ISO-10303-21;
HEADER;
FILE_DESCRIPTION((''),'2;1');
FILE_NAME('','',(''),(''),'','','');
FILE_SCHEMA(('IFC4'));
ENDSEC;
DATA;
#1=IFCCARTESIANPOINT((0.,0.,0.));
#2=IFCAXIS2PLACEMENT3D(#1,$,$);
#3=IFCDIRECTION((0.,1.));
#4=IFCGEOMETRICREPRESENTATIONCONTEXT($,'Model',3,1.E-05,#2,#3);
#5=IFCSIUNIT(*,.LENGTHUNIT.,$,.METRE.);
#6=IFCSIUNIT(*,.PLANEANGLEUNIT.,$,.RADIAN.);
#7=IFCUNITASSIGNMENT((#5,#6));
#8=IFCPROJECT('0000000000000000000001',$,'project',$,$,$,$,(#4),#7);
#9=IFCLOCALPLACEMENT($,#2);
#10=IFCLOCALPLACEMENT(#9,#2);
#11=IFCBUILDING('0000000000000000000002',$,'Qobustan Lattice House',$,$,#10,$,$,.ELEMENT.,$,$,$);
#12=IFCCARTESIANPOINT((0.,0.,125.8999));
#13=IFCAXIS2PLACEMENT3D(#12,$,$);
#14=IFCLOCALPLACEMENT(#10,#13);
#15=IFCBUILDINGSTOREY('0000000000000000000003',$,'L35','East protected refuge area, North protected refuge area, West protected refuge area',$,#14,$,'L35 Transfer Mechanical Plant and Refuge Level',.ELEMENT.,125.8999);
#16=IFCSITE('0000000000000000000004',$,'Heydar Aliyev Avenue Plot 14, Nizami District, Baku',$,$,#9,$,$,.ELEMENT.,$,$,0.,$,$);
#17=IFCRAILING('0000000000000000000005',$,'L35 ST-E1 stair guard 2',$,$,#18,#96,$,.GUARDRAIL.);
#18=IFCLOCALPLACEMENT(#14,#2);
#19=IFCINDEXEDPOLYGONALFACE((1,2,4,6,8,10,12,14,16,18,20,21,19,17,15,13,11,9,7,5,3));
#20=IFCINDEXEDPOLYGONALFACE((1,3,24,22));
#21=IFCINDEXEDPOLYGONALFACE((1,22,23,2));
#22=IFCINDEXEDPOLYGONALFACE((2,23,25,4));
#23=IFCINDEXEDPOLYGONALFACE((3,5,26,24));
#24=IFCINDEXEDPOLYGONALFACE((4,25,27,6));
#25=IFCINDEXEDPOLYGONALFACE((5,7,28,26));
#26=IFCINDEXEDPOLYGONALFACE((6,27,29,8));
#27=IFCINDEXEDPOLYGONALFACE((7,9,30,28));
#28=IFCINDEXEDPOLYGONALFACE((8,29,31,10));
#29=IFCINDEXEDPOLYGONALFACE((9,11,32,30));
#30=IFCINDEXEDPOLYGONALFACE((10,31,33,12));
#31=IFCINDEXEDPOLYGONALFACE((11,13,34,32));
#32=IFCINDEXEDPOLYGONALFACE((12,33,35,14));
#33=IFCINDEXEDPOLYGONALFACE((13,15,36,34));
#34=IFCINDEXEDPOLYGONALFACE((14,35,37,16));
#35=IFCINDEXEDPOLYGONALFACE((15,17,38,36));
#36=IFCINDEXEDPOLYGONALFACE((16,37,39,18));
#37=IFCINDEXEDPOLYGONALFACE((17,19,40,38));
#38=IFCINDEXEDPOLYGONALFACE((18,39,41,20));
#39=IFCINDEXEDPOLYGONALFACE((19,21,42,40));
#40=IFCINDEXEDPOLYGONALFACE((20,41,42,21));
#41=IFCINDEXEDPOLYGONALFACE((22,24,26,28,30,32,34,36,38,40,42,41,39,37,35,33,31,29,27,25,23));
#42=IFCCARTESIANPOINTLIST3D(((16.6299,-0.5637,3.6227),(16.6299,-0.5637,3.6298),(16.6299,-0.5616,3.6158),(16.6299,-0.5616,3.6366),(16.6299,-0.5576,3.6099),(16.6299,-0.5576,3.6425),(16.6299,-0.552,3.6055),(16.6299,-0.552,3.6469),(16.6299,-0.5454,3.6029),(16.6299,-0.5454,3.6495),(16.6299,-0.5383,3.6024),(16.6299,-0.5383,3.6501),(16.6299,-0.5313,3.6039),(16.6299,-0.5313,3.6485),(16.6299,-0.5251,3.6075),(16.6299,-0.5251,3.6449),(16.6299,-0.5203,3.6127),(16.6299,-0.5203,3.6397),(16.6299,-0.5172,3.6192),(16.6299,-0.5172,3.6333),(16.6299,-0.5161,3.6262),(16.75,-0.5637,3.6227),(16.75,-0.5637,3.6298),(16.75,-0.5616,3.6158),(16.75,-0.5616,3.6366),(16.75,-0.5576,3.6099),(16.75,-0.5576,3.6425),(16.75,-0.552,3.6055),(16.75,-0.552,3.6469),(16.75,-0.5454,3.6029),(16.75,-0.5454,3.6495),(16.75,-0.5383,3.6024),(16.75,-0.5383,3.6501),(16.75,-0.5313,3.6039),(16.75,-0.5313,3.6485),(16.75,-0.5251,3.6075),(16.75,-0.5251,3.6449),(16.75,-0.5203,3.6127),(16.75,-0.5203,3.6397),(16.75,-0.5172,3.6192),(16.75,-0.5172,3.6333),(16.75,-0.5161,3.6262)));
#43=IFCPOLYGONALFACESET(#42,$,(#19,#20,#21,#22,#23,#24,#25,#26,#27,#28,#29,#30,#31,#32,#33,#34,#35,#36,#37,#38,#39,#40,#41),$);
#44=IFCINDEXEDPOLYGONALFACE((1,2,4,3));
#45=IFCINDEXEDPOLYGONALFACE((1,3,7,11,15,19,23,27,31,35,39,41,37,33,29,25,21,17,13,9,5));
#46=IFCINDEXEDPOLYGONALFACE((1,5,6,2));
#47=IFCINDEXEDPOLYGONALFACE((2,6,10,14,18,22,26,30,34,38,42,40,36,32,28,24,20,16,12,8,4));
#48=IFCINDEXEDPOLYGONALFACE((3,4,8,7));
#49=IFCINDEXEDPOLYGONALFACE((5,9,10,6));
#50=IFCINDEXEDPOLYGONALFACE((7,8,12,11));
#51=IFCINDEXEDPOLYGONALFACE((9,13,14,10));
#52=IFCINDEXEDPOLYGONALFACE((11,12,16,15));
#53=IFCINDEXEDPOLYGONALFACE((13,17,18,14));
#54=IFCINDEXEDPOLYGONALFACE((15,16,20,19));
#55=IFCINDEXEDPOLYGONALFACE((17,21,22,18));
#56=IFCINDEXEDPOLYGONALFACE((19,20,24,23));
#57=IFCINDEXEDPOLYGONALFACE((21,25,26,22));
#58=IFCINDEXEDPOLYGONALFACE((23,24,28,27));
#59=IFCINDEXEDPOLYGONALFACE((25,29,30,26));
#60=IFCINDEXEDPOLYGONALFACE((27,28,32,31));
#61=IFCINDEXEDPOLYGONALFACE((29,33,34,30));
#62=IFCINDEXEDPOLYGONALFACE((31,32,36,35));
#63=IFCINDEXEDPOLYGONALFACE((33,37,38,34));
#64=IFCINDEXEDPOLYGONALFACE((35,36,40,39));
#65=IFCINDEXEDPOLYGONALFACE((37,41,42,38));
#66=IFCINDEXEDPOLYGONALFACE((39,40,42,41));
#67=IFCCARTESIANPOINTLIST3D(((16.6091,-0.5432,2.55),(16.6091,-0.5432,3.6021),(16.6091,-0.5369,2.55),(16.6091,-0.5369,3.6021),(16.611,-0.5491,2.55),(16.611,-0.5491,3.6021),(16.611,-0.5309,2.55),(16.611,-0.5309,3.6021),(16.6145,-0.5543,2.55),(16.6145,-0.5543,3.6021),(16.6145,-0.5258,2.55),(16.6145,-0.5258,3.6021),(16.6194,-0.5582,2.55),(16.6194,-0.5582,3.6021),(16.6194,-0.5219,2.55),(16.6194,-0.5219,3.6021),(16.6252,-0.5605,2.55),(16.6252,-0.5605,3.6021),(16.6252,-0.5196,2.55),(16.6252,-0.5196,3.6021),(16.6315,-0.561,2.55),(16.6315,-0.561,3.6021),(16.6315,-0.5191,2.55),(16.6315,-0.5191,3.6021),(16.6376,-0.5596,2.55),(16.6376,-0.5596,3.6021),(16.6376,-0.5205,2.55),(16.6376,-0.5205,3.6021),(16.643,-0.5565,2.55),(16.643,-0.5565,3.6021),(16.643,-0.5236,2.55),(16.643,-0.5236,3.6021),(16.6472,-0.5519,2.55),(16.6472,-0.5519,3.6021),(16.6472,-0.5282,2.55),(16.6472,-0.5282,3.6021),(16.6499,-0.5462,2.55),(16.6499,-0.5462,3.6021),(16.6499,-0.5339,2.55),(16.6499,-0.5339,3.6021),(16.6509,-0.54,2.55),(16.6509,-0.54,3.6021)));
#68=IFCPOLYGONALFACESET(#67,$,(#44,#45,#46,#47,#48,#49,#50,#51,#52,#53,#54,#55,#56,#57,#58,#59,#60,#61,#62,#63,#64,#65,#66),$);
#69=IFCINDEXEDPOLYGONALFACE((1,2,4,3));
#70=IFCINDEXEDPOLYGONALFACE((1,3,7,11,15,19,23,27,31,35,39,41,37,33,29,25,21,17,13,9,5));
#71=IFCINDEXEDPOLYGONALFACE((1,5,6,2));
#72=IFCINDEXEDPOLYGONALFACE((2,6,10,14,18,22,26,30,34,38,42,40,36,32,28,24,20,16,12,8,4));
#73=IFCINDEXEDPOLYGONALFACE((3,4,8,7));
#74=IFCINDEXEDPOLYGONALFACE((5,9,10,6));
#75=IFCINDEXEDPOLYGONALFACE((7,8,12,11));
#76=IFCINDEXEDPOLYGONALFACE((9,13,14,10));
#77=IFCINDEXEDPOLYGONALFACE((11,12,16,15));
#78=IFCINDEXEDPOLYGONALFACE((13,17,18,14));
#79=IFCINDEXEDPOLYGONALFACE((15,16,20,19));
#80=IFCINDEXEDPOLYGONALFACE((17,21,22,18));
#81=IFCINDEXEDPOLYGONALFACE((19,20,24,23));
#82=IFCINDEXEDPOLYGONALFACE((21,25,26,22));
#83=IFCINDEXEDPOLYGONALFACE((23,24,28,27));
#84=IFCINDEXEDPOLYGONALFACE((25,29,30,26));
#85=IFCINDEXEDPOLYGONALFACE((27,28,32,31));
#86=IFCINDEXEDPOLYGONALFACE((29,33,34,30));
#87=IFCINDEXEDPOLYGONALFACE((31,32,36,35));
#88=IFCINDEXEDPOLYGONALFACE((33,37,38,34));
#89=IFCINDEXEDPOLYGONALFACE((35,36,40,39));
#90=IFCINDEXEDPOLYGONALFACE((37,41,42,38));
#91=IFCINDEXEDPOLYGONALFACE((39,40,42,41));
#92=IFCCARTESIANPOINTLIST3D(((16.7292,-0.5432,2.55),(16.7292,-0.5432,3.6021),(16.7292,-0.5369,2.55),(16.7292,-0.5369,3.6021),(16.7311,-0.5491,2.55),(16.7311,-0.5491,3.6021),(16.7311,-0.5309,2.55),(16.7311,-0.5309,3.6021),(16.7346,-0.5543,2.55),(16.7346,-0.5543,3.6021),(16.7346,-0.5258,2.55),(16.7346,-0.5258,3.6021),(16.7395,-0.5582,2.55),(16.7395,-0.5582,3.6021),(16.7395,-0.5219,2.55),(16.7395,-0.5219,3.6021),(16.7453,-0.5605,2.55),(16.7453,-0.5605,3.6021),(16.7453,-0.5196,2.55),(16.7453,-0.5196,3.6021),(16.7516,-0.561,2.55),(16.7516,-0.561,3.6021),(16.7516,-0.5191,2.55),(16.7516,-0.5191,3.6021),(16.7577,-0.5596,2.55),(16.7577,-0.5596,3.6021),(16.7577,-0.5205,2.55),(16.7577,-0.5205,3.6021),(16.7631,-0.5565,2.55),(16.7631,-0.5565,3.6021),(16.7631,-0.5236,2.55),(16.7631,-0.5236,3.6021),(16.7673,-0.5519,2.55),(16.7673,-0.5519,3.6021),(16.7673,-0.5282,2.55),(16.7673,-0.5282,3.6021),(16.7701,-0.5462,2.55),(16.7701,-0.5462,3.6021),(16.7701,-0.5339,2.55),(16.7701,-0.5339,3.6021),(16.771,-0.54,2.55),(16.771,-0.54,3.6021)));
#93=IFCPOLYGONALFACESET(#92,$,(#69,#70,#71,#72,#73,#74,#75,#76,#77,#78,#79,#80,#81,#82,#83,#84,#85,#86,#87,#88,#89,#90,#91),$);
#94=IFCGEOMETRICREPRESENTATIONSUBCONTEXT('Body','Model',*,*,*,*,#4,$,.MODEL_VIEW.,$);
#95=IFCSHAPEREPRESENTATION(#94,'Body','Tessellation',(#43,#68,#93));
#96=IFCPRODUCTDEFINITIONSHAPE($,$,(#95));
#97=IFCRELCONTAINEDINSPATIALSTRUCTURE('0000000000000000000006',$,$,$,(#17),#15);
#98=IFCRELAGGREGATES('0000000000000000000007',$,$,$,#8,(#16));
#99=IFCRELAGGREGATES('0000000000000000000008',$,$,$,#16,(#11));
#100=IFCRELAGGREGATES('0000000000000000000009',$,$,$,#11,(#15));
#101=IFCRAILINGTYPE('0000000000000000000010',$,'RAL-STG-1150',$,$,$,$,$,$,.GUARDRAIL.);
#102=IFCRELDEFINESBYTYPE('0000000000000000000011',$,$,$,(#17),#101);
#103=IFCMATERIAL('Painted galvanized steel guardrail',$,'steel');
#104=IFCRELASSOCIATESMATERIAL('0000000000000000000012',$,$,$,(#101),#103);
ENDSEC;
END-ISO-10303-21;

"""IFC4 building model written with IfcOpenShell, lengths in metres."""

from ifc_helpers import new_model, si_unit, direction, frame, origin, origin_2d, place, context, subcontext, project, spatial, circle, extrude, material, type_object, element, save


model = new_model("IFC4")

# Units and contexts
model_context = context("Model", 3, precision=1e-05, world=origin(), true_north=direction((0.0, 1.0)))
body_context = subcontext(model_context, "Body", "Model", "MODEL_VIEW")
ifc_project = project(units=[si_unit("LENGTHUNIT", "METRE"), si_unit("PLANEANGLEUNIT", "RADIAN")], contexts=[model_context])

# Site, building, storey
site_placement = place(None, origin())
site = spatial("IfcSite", under=ifc_project, at=site_placement, Name="Heydar Aliyev Avenue Plot 14, Nizami District, Baku", CompositionType="ELEMENT", RefElevation=0.0)
building_placement = place(site_placement, origin())
building = spatial("IfcBuilding", under=site, at=building_placement, Name="Qobustan Lattice House", CompositionType="ELEMENT")
storey_placement = place(building_placement, frame((0.0, 0.0, 125.8999)))
storey = spatial("IfcBuildingStorey", under=building, at=storey_placement, Name="L35", Description="East protected refuge area, North protected refuge area, West protected refuge area", LongName="L35 Transfer Mechanical Plant and Refuge Level", CompositionType="ELEMENT", Elevation=125.8999)

# Railing
ifc_material_1 = material(Name="Painted galvanized steel guardrail", Category="steel")
railing_type_1 = type_object("IfcRailingType", Name="RAL-STG-1150", PredefinedType="GUARDRAIL", material=ifc_material_1)
railing_1_placement = place(storey_placement, frame((16.6299, -0.54, 2.55)))
element("IfcRailing", 1, at=railing_1_placement, inside=storey, type_object=railing_type_1, Name="L35 ST-E1 stair guard 2", PredefinedType="GUARDRAIL", context=body_context, shape_type="SweptSolid", body=[
    extrude(circle(Radius=0.0239, at=origin_2d()), frame((0.0, 0.0, 1.0762), z_axis=(1.0, 0.0, 0.0), x_axis=(0.0, 1.0, 0.0)), (0.0, 0.0, 1.0), 0.1201),
    extrude(circle(Radius=0.021, at=origin_2d()), origin(), (0.0, 0.0, 1.0), 1.052),
    extrude(circle(Radius=0.021, at=origin_2d()), frame((0.1201, 0.0, 0.0)), (0.0, 0.0, 1.0), 1.052),
])

save(model, "model.ifc")
